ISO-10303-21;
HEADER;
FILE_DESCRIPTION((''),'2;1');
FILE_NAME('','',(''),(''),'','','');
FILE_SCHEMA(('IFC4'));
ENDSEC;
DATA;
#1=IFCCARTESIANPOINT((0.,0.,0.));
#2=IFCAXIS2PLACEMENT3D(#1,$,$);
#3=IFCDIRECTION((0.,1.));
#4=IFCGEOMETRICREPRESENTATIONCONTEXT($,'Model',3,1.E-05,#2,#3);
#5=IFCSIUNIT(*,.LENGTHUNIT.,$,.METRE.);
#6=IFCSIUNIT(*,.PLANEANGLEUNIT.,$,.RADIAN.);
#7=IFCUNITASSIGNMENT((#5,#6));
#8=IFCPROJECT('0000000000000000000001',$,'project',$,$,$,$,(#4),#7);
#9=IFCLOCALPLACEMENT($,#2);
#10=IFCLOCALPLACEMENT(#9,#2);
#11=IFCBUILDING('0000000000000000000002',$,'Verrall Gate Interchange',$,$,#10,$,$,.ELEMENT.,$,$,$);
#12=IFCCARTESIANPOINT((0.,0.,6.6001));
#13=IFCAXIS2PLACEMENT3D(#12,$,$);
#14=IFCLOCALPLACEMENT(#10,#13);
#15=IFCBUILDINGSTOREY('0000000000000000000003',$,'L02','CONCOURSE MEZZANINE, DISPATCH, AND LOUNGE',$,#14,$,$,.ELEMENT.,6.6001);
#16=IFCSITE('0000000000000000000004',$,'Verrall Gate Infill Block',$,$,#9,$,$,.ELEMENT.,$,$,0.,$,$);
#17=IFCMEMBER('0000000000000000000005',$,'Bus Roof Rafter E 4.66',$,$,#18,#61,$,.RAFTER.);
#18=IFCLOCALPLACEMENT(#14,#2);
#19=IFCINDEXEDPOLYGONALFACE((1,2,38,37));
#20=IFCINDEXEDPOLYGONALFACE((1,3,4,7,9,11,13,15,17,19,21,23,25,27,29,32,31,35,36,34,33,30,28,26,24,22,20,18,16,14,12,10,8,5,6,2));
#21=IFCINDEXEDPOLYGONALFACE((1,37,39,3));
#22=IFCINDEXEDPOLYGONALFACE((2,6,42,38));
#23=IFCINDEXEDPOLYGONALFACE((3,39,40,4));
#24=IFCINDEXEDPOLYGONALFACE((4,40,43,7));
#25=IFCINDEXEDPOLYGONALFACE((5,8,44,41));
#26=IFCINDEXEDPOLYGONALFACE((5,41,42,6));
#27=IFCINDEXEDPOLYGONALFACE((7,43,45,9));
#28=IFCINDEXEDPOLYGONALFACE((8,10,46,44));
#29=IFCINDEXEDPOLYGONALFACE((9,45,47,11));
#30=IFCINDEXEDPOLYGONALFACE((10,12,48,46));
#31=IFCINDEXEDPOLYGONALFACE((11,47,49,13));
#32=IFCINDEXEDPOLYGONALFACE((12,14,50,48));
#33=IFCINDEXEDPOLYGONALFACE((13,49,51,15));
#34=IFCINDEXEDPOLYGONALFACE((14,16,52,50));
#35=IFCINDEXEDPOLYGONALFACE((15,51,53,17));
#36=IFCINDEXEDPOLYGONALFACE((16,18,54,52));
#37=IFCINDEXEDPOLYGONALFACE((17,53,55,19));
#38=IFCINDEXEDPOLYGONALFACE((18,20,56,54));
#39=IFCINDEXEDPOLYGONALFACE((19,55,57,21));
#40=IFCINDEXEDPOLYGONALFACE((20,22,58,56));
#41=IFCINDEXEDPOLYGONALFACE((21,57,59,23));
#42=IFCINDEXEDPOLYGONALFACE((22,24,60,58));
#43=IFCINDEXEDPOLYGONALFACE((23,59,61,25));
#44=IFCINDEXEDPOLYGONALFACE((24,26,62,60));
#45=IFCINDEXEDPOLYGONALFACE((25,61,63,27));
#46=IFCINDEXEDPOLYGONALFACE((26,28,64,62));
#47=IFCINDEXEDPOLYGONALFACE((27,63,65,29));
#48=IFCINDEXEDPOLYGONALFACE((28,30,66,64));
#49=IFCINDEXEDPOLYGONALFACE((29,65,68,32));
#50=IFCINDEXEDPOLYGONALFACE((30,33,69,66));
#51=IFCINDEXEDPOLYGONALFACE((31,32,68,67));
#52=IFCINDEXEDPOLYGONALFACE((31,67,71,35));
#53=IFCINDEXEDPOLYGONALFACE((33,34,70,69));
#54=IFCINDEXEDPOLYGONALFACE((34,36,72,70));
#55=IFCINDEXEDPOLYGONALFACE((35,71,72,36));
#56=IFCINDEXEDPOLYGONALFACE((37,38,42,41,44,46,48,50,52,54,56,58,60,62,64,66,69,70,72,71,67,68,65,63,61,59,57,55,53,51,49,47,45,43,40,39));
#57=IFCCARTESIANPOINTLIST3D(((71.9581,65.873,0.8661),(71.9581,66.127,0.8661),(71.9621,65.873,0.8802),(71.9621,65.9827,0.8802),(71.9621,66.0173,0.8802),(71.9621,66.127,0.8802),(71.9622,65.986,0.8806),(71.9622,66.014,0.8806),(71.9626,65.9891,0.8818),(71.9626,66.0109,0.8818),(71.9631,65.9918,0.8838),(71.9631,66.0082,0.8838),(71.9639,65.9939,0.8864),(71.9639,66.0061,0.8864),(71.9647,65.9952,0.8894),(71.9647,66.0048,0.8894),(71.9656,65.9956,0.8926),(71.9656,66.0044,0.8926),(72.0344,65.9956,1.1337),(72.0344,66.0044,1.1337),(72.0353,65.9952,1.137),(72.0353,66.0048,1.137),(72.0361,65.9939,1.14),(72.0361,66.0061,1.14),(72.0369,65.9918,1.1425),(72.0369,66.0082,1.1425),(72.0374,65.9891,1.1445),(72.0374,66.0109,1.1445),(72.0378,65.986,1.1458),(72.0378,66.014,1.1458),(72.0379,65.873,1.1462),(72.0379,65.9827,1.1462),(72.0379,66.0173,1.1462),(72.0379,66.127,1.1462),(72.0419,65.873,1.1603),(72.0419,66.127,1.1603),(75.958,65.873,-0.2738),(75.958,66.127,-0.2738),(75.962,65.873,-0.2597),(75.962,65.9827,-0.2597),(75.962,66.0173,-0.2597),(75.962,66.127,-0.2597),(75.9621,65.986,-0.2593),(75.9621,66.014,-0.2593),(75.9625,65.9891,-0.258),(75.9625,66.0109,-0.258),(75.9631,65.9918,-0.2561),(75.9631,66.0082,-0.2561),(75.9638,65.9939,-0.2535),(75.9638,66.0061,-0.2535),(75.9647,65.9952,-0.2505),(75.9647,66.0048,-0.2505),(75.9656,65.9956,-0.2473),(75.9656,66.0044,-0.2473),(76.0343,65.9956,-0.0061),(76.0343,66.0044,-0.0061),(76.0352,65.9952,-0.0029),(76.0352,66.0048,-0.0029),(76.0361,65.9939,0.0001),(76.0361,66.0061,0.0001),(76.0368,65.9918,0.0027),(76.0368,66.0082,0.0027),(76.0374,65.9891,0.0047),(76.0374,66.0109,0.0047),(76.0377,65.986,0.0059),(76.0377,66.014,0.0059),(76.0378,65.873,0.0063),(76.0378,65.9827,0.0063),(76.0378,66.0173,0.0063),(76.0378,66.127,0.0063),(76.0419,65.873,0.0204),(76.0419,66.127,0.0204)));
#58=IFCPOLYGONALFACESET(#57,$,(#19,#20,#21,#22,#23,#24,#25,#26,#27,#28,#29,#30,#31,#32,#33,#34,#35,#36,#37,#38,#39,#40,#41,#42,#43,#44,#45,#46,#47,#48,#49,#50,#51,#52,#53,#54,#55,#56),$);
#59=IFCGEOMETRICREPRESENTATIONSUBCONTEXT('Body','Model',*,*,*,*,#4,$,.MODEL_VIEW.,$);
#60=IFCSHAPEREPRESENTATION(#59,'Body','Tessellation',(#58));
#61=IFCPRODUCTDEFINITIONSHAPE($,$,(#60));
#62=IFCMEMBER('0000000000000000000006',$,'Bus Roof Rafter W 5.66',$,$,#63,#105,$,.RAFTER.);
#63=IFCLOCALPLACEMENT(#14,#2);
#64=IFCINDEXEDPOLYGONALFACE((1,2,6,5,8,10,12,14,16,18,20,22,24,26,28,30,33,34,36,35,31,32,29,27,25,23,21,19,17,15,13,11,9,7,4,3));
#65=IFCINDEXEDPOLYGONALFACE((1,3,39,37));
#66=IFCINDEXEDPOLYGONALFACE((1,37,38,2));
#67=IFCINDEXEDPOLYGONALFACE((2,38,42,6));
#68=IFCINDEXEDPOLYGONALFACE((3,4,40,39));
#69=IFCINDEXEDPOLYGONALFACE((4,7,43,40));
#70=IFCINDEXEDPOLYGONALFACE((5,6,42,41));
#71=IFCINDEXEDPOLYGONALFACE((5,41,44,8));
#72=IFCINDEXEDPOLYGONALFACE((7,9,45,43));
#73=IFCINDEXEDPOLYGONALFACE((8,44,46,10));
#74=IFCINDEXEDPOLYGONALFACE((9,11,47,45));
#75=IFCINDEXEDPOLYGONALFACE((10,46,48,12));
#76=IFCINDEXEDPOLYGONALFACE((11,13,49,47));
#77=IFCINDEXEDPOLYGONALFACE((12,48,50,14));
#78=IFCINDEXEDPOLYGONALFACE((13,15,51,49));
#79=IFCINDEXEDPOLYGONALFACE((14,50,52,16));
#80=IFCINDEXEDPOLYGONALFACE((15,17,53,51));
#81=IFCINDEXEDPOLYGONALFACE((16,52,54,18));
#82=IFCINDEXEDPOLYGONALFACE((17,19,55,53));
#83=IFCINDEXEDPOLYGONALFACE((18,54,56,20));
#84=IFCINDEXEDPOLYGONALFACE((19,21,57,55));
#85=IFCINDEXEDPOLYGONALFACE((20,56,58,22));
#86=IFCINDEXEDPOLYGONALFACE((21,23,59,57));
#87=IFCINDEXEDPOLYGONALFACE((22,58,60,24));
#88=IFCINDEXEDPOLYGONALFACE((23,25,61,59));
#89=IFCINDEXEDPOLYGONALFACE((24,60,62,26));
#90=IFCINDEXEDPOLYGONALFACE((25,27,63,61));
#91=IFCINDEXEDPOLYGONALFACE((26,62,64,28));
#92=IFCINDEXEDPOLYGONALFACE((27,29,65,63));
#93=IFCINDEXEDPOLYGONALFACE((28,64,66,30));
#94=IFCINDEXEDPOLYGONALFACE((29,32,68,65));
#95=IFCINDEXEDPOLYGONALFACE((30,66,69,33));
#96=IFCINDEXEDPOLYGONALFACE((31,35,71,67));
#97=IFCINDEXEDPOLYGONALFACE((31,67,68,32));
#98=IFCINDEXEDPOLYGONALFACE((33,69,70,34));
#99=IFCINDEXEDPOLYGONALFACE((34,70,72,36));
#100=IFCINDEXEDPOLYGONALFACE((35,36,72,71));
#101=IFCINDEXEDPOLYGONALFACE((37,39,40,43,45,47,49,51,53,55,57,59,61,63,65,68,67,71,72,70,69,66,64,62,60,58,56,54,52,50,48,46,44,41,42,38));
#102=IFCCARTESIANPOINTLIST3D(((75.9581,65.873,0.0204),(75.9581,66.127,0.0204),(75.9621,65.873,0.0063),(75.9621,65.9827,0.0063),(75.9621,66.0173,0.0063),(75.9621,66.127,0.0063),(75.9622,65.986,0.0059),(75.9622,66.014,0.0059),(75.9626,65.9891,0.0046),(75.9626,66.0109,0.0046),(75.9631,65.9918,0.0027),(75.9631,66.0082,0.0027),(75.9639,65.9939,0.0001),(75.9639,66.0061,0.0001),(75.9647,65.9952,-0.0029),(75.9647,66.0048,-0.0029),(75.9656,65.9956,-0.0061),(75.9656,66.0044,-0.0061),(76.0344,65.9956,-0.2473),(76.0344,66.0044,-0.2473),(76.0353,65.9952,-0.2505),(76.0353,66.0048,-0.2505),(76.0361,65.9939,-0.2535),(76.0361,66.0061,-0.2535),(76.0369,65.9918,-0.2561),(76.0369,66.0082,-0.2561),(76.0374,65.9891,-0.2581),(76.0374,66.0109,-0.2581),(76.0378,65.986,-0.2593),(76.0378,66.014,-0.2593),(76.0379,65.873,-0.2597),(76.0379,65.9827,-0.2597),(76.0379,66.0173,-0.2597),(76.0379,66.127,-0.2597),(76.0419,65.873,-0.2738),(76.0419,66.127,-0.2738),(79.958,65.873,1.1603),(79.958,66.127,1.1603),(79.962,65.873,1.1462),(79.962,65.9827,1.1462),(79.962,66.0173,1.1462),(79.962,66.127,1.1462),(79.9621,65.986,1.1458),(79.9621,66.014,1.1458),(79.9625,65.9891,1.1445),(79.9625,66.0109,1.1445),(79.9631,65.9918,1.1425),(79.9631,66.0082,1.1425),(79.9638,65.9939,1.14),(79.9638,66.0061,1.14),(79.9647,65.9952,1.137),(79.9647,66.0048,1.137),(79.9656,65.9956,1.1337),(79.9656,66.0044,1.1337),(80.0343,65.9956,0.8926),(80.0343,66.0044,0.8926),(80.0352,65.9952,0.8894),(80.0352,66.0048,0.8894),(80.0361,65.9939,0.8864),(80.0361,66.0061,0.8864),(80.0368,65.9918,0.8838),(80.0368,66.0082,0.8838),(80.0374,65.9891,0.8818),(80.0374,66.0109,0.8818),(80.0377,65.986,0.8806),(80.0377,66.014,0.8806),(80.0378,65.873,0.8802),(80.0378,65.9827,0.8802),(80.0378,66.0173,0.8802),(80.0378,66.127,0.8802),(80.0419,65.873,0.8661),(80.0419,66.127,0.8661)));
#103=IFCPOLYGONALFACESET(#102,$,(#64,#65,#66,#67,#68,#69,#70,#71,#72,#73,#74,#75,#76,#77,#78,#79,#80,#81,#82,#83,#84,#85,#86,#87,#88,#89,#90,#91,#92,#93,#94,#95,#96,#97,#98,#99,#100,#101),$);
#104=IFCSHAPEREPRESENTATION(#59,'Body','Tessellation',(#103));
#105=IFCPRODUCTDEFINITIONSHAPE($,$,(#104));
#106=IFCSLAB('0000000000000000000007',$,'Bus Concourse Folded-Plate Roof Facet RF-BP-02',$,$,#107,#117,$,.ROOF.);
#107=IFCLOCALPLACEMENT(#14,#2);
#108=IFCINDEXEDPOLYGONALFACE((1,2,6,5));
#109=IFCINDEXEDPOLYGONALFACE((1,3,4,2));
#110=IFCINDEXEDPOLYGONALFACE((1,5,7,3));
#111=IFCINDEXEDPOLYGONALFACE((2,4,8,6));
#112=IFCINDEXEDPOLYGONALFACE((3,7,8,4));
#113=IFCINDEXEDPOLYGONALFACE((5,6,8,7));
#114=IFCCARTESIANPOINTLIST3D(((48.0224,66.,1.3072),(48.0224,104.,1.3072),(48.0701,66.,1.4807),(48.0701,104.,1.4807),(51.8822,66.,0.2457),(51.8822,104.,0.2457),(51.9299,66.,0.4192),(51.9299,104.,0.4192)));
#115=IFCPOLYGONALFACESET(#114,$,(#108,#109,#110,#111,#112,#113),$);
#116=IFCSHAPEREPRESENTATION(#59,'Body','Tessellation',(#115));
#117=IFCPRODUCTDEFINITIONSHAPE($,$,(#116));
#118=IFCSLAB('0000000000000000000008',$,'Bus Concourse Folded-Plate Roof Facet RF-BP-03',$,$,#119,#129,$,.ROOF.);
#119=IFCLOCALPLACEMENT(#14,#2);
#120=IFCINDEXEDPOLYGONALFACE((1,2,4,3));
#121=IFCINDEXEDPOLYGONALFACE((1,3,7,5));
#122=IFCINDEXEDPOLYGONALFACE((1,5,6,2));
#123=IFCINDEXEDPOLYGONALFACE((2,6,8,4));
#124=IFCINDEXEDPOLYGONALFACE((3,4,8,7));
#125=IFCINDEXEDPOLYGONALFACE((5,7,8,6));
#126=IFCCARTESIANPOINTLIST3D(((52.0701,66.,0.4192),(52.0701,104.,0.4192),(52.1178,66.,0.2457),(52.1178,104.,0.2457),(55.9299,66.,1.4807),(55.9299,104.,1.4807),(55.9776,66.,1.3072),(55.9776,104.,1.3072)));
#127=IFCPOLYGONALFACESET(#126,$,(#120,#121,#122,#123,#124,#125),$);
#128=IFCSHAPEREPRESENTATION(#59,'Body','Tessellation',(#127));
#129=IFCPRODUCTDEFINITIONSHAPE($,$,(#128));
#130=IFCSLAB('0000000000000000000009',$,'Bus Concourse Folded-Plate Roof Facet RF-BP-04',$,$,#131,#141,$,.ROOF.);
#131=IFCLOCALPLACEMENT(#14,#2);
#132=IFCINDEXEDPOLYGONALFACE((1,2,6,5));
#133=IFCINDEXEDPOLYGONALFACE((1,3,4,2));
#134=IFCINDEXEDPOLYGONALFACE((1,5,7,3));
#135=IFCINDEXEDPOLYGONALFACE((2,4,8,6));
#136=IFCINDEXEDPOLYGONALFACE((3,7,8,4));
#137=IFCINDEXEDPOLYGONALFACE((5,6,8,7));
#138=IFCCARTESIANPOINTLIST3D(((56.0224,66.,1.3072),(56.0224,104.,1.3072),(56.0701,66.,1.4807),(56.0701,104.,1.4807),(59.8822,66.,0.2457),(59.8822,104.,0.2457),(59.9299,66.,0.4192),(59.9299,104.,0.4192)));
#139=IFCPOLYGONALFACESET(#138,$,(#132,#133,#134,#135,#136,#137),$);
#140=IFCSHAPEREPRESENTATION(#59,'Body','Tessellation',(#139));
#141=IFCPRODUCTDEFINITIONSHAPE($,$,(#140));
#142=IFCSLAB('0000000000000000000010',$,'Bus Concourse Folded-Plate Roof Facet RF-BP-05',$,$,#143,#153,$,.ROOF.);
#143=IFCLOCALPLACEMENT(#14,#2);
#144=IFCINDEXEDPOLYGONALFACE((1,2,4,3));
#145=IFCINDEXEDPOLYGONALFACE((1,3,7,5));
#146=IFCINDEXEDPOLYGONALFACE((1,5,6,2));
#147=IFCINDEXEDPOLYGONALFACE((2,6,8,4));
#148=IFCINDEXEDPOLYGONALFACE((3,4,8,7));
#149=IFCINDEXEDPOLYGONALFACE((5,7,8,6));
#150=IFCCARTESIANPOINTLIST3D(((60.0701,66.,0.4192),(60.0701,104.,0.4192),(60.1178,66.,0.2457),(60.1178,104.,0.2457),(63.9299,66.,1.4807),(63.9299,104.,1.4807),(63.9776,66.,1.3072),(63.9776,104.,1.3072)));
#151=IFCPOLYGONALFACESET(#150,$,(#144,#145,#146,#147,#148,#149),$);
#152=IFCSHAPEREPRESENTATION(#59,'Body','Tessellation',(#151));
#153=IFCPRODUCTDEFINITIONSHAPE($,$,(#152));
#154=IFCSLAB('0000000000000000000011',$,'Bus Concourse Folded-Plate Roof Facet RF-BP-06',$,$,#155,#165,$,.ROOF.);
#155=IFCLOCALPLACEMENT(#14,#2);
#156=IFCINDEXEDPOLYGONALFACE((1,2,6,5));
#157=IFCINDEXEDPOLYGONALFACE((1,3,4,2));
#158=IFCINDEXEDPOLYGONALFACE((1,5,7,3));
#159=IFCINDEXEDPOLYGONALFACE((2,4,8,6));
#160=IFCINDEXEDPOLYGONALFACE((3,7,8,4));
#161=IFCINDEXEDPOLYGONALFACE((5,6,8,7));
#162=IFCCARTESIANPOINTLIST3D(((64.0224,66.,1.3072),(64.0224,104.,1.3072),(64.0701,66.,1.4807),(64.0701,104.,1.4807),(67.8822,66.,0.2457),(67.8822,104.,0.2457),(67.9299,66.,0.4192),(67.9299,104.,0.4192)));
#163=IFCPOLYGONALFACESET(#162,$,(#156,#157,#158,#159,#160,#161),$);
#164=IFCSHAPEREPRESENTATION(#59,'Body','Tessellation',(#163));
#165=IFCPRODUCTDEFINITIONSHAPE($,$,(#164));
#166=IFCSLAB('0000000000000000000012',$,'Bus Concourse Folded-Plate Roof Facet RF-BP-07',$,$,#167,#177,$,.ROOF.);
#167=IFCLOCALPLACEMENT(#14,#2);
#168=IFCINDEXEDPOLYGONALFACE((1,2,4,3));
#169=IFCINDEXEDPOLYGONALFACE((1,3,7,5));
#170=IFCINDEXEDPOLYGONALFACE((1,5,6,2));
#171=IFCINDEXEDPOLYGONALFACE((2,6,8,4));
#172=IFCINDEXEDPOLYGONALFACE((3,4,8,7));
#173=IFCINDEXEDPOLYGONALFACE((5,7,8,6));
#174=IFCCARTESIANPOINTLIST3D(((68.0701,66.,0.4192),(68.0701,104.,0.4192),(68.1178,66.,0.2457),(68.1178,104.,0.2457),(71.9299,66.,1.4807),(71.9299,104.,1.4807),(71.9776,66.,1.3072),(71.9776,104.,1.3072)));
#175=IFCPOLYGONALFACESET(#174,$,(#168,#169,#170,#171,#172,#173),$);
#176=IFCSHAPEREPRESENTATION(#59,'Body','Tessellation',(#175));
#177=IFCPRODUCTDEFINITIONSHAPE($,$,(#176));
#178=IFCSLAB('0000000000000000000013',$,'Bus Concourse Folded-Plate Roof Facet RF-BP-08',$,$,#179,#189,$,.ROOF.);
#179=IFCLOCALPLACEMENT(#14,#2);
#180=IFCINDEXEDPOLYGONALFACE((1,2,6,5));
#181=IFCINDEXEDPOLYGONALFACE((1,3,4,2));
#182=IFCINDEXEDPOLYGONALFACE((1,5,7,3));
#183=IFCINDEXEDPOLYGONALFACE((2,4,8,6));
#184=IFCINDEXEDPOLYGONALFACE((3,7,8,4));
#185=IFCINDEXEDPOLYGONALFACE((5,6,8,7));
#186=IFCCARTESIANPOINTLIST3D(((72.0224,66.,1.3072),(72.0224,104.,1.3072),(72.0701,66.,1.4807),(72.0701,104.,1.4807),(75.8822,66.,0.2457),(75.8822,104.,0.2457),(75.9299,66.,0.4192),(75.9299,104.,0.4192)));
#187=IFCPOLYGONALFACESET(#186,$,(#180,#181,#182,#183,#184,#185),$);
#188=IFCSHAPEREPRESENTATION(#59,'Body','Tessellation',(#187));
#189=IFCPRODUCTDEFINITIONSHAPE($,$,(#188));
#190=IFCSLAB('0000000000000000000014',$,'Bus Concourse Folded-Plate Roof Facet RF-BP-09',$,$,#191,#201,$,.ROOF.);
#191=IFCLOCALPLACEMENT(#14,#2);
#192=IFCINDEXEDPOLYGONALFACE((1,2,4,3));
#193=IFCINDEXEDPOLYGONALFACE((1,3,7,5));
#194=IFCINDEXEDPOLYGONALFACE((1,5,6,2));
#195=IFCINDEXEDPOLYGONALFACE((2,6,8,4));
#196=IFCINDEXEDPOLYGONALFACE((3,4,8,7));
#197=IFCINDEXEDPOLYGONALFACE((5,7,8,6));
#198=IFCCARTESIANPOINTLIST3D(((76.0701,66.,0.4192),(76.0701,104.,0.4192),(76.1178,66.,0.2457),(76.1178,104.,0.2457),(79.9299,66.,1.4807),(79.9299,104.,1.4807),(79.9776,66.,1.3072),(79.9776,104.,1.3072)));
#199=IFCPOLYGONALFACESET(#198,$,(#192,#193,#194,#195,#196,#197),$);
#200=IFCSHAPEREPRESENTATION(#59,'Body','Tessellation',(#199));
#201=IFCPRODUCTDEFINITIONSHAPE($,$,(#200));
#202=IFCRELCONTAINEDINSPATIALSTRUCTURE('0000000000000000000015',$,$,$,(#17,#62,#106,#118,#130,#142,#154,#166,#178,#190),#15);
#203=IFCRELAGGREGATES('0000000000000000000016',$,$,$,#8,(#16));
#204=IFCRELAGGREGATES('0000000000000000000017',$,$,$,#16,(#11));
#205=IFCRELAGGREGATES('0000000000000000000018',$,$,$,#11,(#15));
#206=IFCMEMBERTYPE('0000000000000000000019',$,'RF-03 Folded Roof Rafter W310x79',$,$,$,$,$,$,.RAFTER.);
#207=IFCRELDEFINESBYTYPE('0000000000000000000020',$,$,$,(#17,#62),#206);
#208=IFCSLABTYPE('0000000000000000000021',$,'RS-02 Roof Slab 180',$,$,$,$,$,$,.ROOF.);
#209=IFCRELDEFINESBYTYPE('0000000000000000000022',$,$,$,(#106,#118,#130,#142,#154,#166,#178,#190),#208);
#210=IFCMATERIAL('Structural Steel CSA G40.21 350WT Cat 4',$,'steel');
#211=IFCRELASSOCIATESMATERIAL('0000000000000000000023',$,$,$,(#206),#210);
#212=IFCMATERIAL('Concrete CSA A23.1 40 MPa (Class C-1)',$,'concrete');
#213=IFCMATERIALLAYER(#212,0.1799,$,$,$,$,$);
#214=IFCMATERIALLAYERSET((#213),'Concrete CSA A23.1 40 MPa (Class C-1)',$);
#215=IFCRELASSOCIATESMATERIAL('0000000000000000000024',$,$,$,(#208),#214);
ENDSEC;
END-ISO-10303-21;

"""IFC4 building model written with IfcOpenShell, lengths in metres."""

from ifc_helpers import new_model, si_unit, direction, frame, origin, origin_2d, place, context, subcontext, project, spatial, polyline, i_section, outline, extrude, material, layer, layer_set, material_profile, profile_set, type_object, element, save


model = new_model("IFC4")

# Units and contexts
model_context = context("Model", 3, precision=1e-05, world=origin(), true_north=direction((0.0, 1.0)))
body_context = subcontext(model_context, "Body", "Model", "MODEL_VIEW")
ifc_project = project(units=[si_unit("LENGTHUNIT", "METRE"), si_unit("PLANEANGLEUNIT", "RADIAN")], contexts=[model_context])

# Site, building, storey
site_placement = place(None, origin())
site = spatial("IfcSite", under=ifc_project, at=site_placement, Name="Verrall Gate Infill Block", CompositionType="ELEMENT", RefElevation=0.0)
building_placement = place(site_placement, origin())
building = spatial("IfcBuilding", under=site, at=building_placement, Name="Verrall Gate Interchange", CompositionType="ELEMENT")
storey_placement = place(building_placement, frame((0.0, 0.0, 6.6001)))
storey = spatial("IfcBuildingStorey", under=building, at=storey_placement, Name="L02", Description="CONCOURSE MEZZANINE, DISPATCH, AND LOUNGE", CompositionType="ELEMENT", Elevation=6.6001)

# Members
ifc_material_1 = material(Name="Structural Steel CSA G40.21 350WT Cat 4", Category="steel")
ifc_material_profile_1 = material_profile(ifc_material_1, i_section(OverallWidth=0.2539, OverallDepth=0.3059, WebThickness=0.0088, FlangeThickness=0.0146, FilletRadius=0.0129, at=origin_2d()), Name="W310x79")
ifc_profile_set_1 = profile_set([ifc_material_profile_1], Name="Structural Steel CSA G40.21 350WT Cat 4")
member_type_1 = type_object("IfcMemberType", Name="RF-03 Folded Roof Rafter W310x79", PredefinedType="RAFTER", material=ifc_profile_set_1)
for number, where, z_axis, x_axis, name in (
    (1, (72.0, 66.0, 1.0132), (0.961712, 0.0, -0.274062), (0.0, 1.0, 0.0), "Bus Roof Rafter E 4.66"),
    (2, (76.0, 66.0, -0.1267), (0.961712, 0.0, 0.274062), (0.0, 1.0, 0.0), "Bus Roof Rafter W 5.66"),
):
    element("IfcMember", number, at=place(storey_placement, frame(where, z_axis=z_axis, x_axis=x_axis)), inside=storey, type_object=member_type_1, Name=name, PredefinedType="RAFTER", context=body_context, shape_type="SweptSolid", body=[
        extrude(i_section(OverallWidth=0.2539, OverallDepth=0.3059, WebThickness=0.0088, FlangeThickness=0.0146, FilletRadius=0.0129, at=origin_2d()), origin(), (0.0, 0.0, 1.0), 4.1592),
    ])

# Slabs
ifc_material_2 = material(Name="Concrete CSA A23.1 40 MPa (Class C-1)", Category="concrete")
ifc_layer = layer(ifc_material_2, 0.1799)
ifc_layer_set = layer_set([ifc_layer], Name="Concrete CSA A23.1 40 MPa (Class C-1)")
slab_type = type_object("IfcSlabType", Name="RS-02 Roof Slab 180", PredefinedType="ROOF", material=ifc_layer_set)
for number, where, z_axis, x_axis, name in (
    (3, (48.0701, 66.0, 1.4807), (0.265171, 0.0, 0.964201), (0.964201, 0.0, -0.265171), "Bus Concourse Folded-Plate Roof Facet RF-BP-02"),
    (4, (52.0701, 66.0, 0.4192), (-0.265171, 0.0, 0.964201), (0.964201, 0.0, 0.265171), "Bus Concourse Folded-Plate Roof Facet RF-BP-03"),
    (5, (56.0701, 66.0, 1.4807), (0.265171, 0.0, 0.964201), (0.964201, 0.0, -0.265171), "Bus Concourse Folded-Plate Roof Facet RF-BP-04"),
    (6, (60.0701, 66.0, 0.4192), (-0.265171, 0.0, 0.964201), (0.964201, 0.0, 0.265171), "Bus Concourse Folded-Plate Roof Facet RF-BP-05"),
    (7, (64.0701, 66.0, 1.4807), (0.265171, 0.0, 0.964201), (0.964201, 0.0, -0.265171), "Bus Concourse Folded-Plate Roof Facet RF-BP-06"),
    (8, (68.0701, 66.0, 0.4192), (-0.265171, 0.0, 0.964201), (0.964201, 0.0, 0.265171), "Bus Concourse Folded-Plate Roof Facet RF-BP-07"),
    (9, (72.0701, 66.0, 1.4807), (0.265171, 0.0, 0.964201), (0.964201, 0.0, -0.265171), "Bus Concourse Folded-Plate Roof Facet RF-BP-08"),
    (10, (76.0701, 66.0, 0.4192), (-0.265171, 0.0, 0.964201), (0.964201, 0.0, 0.265171), "Bus Concourse Folded-Plate Roof Facet RF-BP-09"),
):
    element("IfcSlab", number, at=place(storey_placement, frame(where, z_axis=z_axis, x_axis=x_axis)), inside=storey, type_object=slab_type, Name=name, PredefinedType="ROOF", context=body_context, shape_type="SweptSolid", body=[
        extrude(outline(polyline([(0.0, 0.0), (4.0032, 0.0), (4.0032, 38.0), (0.0, 38.0), (0.0, 0.0)])), origin(), (0.0, 0.0, -1.0), 0.1799),
    ])

save(model, "model.ifc")
